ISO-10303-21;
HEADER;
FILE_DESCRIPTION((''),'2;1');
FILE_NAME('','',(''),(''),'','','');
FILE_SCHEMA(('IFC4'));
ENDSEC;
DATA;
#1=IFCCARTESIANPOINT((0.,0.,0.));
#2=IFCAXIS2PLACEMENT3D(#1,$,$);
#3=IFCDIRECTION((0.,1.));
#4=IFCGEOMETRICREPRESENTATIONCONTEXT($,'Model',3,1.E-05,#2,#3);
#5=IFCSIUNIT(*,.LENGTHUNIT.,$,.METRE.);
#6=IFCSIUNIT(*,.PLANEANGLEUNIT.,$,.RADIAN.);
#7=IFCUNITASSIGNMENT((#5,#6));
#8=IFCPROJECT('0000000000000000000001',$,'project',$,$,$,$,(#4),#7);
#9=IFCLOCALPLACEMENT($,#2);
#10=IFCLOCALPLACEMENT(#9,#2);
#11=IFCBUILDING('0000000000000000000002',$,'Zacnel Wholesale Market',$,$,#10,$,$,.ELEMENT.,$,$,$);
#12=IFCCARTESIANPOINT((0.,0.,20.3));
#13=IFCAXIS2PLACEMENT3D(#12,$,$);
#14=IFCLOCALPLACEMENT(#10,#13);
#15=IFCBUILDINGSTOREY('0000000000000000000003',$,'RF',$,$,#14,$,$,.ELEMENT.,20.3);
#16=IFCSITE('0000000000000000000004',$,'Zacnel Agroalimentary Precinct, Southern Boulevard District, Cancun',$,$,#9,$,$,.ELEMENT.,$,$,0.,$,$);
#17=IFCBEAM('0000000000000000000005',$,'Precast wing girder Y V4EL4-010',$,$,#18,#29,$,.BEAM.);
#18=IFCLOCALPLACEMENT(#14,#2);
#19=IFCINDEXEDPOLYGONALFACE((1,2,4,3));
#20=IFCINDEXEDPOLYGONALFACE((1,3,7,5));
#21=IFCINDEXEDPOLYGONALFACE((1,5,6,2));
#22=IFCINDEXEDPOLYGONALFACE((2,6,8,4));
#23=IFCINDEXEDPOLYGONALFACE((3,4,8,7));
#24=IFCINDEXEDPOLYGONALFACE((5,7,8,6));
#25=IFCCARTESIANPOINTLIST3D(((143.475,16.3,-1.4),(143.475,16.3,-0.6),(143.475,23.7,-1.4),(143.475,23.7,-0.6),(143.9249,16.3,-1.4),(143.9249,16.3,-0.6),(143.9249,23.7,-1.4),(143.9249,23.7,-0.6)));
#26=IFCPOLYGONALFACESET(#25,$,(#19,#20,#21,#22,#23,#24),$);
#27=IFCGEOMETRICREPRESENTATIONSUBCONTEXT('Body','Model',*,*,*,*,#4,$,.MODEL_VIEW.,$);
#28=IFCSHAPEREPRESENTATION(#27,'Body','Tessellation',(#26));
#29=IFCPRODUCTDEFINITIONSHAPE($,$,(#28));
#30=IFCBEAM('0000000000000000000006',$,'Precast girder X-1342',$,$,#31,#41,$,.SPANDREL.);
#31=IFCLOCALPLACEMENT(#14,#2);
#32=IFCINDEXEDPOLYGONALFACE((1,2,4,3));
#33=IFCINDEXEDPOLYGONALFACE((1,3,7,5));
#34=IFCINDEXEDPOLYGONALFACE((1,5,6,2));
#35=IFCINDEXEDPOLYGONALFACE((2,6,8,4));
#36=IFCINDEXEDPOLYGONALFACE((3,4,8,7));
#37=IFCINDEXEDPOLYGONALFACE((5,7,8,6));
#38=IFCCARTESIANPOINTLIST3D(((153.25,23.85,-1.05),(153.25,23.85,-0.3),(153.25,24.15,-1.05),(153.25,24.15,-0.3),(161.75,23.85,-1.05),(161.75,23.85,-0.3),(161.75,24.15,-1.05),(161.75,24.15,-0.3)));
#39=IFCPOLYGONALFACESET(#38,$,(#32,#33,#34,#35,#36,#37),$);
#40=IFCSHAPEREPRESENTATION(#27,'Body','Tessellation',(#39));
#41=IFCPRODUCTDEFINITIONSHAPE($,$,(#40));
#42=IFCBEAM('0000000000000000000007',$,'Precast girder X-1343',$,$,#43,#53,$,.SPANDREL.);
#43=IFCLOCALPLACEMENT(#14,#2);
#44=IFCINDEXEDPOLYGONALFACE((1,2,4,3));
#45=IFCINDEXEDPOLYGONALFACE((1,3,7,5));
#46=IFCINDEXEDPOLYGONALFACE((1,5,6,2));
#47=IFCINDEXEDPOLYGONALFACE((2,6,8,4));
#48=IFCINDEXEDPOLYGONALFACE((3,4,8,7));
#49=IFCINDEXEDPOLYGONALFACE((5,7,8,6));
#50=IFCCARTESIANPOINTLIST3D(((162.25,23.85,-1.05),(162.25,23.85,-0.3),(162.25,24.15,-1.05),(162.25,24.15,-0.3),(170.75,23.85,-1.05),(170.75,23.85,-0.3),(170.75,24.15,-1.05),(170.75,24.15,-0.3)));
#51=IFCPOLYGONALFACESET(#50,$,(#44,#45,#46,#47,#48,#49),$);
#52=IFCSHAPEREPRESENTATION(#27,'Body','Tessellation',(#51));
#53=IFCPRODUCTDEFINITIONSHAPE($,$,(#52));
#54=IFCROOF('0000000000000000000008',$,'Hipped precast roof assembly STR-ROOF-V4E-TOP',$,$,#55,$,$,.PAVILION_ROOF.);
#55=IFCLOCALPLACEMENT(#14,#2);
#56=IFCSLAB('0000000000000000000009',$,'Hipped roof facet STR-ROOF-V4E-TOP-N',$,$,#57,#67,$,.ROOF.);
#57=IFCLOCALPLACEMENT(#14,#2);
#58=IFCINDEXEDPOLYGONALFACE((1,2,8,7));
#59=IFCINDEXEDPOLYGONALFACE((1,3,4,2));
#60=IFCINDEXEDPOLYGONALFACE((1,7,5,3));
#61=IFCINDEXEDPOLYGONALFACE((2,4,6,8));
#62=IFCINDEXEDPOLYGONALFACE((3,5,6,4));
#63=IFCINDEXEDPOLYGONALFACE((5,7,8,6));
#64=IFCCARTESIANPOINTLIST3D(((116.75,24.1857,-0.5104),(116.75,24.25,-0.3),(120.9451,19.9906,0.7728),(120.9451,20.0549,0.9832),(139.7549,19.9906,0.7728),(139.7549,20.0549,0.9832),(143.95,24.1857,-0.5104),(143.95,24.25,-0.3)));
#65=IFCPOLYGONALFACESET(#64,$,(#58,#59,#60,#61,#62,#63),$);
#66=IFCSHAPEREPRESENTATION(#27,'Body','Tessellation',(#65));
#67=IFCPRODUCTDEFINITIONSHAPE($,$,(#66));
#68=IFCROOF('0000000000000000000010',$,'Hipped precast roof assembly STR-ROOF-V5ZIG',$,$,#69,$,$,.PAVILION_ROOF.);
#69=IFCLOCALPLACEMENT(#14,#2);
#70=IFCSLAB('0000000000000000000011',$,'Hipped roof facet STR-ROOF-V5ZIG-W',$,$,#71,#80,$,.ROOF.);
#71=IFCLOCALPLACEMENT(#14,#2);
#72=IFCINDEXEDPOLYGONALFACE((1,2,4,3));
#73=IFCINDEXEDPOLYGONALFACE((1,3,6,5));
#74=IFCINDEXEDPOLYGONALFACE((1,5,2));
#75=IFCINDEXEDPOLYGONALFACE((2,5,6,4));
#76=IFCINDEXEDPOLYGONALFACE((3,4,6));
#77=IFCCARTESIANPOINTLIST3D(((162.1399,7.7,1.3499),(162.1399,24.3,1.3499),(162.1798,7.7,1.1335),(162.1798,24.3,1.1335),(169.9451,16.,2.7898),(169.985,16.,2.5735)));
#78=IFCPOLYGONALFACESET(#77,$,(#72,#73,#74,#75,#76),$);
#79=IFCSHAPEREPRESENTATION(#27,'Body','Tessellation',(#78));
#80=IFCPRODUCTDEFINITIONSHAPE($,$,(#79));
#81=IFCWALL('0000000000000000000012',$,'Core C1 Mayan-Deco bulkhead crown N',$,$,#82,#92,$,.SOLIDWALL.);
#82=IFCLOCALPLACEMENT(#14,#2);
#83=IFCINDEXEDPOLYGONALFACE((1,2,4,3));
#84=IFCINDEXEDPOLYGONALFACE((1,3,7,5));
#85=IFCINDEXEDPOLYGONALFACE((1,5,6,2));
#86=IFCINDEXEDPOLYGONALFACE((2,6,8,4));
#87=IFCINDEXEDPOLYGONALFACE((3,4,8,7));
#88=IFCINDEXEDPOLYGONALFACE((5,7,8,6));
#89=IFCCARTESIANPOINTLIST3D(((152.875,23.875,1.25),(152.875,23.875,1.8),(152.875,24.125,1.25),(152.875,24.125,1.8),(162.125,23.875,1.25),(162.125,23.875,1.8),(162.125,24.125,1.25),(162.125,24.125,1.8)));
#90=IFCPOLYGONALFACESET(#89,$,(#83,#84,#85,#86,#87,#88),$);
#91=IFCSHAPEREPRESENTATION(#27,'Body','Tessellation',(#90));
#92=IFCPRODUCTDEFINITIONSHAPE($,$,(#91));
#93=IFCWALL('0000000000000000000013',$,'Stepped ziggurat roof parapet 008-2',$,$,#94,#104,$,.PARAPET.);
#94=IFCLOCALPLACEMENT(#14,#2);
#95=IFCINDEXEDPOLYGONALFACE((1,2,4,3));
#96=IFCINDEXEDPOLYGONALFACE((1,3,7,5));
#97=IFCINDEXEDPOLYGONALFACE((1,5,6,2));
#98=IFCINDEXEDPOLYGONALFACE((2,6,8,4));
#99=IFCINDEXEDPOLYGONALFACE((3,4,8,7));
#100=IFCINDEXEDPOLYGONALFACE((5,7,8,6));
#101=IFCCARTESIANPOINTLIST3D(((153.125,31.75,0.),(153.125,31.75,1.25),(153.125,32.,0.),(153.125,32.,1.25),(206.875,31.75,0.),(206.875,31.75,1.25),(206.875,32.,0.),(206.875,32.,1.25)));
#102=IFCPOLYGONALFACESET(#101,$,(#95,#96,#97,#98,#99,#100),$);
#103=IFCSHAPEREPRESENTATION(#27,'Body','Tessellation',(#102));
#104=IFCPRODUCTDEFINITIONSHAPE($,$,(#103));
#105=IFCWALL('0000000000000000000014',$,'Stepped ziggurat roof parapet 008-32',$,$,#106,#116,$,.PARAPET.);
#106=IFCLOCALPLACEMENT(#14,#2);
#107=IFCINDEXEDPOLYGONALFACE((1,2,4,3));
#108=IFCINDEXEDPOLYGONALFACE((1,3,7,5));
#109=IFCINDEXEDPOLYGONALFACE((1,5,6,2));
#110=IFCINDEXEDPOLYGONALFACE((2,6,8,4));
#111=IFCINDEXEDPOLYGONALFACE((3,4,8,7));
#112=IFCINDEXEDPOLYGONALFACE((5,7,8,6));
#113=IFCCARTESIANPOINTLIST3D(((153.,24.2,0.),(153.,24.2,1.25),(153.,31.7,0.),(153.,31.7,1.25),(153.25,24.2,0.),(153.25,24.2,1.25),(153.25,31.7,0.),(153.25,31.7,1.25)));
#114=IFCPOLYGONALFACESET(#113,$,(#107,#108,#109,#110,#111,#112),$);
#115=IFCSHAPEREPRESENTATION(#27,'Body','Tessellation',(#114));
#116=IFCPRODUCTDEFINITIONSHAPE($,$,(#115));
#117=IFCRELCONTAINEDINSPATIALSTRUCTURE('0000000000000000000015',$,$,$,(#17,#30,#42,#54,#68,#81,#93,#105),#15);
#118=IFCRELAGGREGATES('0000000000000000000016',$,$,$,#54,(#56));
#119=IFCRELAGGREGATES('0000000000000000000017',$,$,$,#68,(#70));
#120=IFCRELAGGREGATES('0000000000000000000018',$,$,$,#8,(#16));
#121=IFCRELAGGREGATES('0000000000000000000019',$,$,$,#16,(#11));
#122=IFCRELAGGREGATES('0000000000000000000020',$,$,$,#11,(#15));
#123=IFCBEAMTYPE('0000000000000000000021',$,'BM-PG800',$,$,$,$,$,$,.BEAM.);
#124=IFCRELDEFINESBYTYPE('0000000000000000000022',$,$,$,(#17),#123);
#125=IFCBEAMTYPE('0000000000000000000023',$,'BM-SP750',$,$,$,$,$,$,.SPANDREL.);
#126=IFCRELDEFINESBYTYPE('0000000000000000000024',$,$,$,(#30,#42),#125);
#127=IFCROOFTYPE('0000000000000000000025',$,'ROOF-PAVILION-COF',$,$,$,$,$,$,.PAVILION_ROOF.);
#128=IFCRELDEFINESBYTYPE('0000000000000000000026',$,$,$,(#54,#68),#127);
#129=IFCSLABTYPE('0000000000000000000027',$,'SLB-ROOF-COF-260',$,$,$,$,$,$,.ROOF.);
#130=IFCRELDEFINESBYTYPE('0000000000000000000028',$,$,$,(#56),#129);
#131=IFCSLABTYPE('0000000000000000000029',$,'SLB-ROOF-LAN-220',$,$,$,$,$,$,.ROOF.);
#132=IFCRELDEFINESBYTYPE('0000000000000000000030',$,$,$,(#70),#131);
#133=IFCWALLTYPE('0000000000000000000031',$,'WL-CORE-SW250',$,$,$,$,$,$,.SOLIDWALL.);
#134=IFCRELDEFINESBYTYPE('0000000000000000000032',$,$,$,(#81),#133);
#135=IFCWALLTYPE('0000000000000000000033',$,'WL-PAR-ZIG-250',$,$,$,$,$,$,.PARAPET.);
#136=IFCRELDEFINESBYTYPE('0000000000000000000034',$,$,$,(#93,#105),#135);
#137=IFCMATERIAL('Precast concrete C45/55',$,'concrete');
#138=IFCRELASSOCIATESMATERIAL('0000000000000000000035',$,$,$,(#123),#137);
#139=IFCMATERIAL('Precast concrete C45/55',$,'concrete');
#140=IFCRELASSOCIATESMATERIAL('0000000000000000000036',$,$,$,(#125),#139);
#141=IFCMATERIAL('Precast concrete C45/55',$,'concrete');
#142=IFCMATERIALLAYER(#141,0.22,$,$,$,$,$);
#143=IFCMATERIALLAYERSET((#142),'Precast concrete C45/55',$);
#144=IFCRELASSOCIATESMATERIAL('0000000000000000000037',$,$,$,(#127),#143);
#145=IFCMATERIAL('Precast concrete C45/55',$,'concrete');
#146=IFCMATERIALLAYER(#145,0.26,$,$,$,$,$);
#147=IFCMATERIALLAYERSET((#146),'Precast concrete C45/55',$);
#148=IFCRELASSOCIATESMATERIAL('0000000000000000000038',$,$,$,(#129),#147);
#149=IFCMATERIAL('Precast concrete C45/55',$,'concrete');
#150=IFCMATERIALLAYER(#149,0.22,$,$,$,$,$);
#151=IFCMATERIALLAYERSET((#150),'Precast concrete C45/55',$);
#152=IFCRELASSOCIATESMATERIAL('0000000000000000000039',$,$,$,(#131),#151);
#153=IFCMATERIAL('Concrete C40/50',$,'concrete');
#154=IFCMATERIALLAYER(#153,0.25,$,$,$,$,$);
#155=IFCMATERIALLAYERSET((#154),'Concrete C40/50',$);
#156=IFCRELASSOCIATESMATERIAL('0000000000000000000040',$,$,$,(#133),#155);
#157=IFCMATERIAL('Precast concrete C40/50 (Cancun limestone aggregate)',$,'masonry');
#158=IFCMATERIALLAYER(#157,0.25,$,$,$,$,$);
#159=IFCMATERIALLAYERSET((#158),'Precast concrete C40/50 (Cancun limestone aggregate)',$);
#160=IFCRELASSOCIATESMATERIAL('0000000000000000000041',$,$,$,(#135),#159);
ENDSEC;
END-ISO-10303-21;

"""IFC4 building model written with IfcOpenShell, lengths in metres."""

from ifc_helpers import new_model, si_unit, direction, frame, frame_2d, origin, origin_2d, place, context, subcontext, project, spatial, polyline, rectangle, outline, extrude, material, layer, layer_set, material_profile, profile_set, type_object, element, aggregate, save


model = new_model("IFC4")

# Units and contexts
model_context = context("Model", 3, precision=1e-05, world=origin(), true_north=direction((0.0, 1.0)))
body_context = subcontext(model_context, "Body", "Model", "MODEL_VIEW")
ifc_project = project(units=[si_unit("LENGTHUNIT", "METRE"), si_unit("PLANEANGLEUNIT", "RADIAN")], contexts=[model_context])

# Site, building, storey
site_placement = place(None, origin())
site = spatial("IfcSite", under=ifc_project, at=site_placement, Name="Zacnel Agroalimentary Precinct, Southern Boulevard District, Cancun", CompositionType="ELEMENT", RefElevation=0.0)
building_placement = place(site_placement, origin())
building = spatial("IfcBuilding", under=site, at=building_placement, Name="Zacnel Wholesale Market", CompositionType="ELEMENT")
storey_placement = place(building_placement, frame((0.0, 0.0, 20.3)))
storey = spatial("IfcBuildingStorey", under=building, at=storey_placement, Name="RF", CompositionType="ELEMENT", Elevation=20.3)

# Beams
ifc_material_1 = material(Name="Precast concrete C45/55", Category="concrete")
ifc_material_profile_1 = material_profile(ifc_material_1, rectangle(XDim=0.45, YDim=0.8, at=origin_2d()), Name="PG 450x800")
ifc_profile_set_1 = profile_set([ifc_material_profile_1], Name="Precast concrete C45/55")
beam_type_1 = type_object("IfcBeamType", Name="BM-PG800", PredefinedType="BEAM", material=ifc_profile_set_1)
beam_1_placement = place(storey_placement, frame((143.7, 16.3, -1.0), z_axis=(0.0, 1.0, 0.0), x_axis=(-1.0, 0.0, 0.0)))
element("IfcBeam", 1, at=beam_1_placement, inside=storey, type_object=beam_type_1, Name="Precast wing girder Y V4EL4-010", PredefinedType="BEAM", context=body_context, shape_type="SweptSolid", body=[
    extrude(rectangle(XDim=0.45, YDim=0.8, at=origin_2d()), origin(), (0.0, 0.0, 1.0), 7.3999),
])
ifc_material_2 = material(Name="Precast concrete C45/55", Category="concrete")
ifc_material_profile_2 = material_profile(ifc_material_2, rectangle(XDim=0.3, YDim=0.75, at=origin_2d()), Name="SP 300x750")
ifc_profile_set_2 = profile_set([ifc_material_profile_2], Name="Precast concrete C45/55")
beam_type_2 = type_object("IfcBeamType", Name="BM-SP750", PredefinedType="SPANDREL", material=ifc_profile_set_2)
for number, where, z_axis, x_axis, name in (
    (2, (153.25, 24.0, -0.675), (1.0, 0.0, 0.0), (0.0, 1.0, 0.0), "Precast girder X-1342"),
    (3, (162.25, 24.0, -0.675), (1.0, 0.0, 0.0), (0.0, 1.0, 0.0), "Precast girder X-1343"),
):
    element("IfcBeam", number, at=place(storey_placement, frame(where, z_axis=z_axis, x_axis=x_axis)), inside=storey, type_object=beam_type_2, Name=name, PredefinedType="SPANDREL", context=body_context, shape_type="SweptSolid", body=[
        extrude(rectangle(XDim=0.3, YDim=0.75, at=origin_2d()), origin(), (0.0, 0.0, 1.0), 8.5),
    ])

# Roofs, slabs
ifc_material_3 = material(Name="Precast concrete C45/55", Category="concrete")
ifc_layer_1 = layer(ifc_material_3, 0.22)
ifc_layer_set_1 = layer_set([ifc_layer_1], Name="Precast concrete C45/55")
roof_type = type_object("IfcRoofType", Name="ROOF-PAVILION-COF", PredefinedType="PAVILION_ROOF", material=ifc_layer_set_1)
roof_1_placement = place(storey_placement, origin())
roof_1 = element("IfcRoof", 4, at=roof_1_placement, inside=storey, type_object=roof_type, Name="Hipped precast roof assembly STR-ROOF-V4E-TOP", PredefinedType="PAVILION_ROOF")
ifc_material_4 = material(Name="Precast concrete C45/55", Category="concrete")
ifc_layer_2 = layer(ifc_material_4, 0.26)
ifc_layer_set_2 = layer_set([ifc_layer_2], Name="Precast concrete C45/55")
slab_type_1 = type_object("IfcSlabType", Name="SLB-ROOF-COF-260", PredefinedType="ROOF", material=ifc_layer_set_2)
slab_1_placement = place(storey_placement, frame((143.95, 24.25, -0.3), z_axis=(0.0, 0.292506, 0.956264), x_axis=(-1.0, 0.0, 0.0)))
slab_1 = element("IfcSlab", 5, at=slab_1_placement, type_object=slab_type_1, Name="Hipped roof facet STR-ROOF-V4E-TOP-N", PredefinedType="ROOF", context=body_context, shape_type="SweptSolid", body=[
    extrude(outline(polyline([(0.0, 0.0), (27.2, 0.0), (23.0049, 4.3869), (4.1951, 4.3869), (0.0, 0.0)])), origin(), (0.0, 0.0, -1.0), 0.22),
])
aggregate(roof_1, [slab_1])
roof_2_placement = place(storey_placement, origin())
roof_2 = element("IfcRoof", 6, at=roof_2_placement, inside=storey, type_object=roof_type, Name="Hipped precast roof assembly STR-ROOF-V5ZIG", PredefinedType="PAVILION_ROOF")
ifc_material_5 = material(Name="Precast concrete C45/55", Category="concrete")
ifc_layer_3 = layer(ifc_material_5, 0.22)
ifc_layer_set_3 = layer_set([ifc_layer_3], Name="Precast concrete C45/55")
slab_type_2 = type_object("IfcSlabType", Name="SLB-ROOF-LAN-220", PredefinedType="ROOF", material=ifc_layer_set_3)
slab_2_placement = place(storey_placement, frame((162.1399, 24.3, 1.3499), z_axis=(-0.181424, 0.0, 0.983405), x_axis=(0.0, -1.0, 0.0)))
slab_2 = element("IfcSlab", 7, at=slab_2_placement, type_object=slab_type_2, Name="Hipped roof facet STR-ROOF-V5ZIG-W", PredefinedType="ROOF", context=body_context, shape_type="SweptSolid", body=[
    extrude(outline(polyline([(0.0, 0.0), (16.6001, 0.0), (8.3, 7.9369), (0.0, 0.0)])), origin(), (0.0, 0.0, -1.0), 0.22),
])
aggregate(roof_2, [slab_2])

# Walls
ifc_material_6 = material(Name="Concrete C40/50", Category="concrete")
ifc_layer_4 = layer(ifc_material_6, 0.25)
ifc_layer_set_4 = layer_set([ifc_layer_4], Name="Concrete C40/50")
wall_type_1 = type_object("IfcWallType", Name="WL-CORE-SW250", PredefinedType="SOLIDWALL", material=ifc_layer_set_4)
wall_1_placement = place(storey_placement, frame((152.875, 24.0, 1.25), z_axis=(0.0, 0.0, 1.0), x_axis=(1.0, 0.0, 0.0)))
element("IfcWall", 8, at=wall_1_placement, inside=storey, type_object=wall_type_1, Name="Core C1 Mayan-Deco bulkhead crown N", PredefinedType="SOLIDWALL", context=body_context, shape_type="SweptSolid", body=[
    extrude(rectangle(XDim=9.25, YDim=0.25, at=frame_2d((4.625, 0.0))), origin(), (0.0, 0.0, 1.0), 0.55),
])
ifc_material_7 = material(Name="Precast concrete C40/50 (Cancun limestone aggregate)", Category="masonry")
ifc_layer_5 = layer(ifc_material_7, 0.25)
ifc_layer_set_5 = layer_set([ifc_layer_5], Name="Precast concrete C40/50 (Cancun limestone aggregate)")
wall_type_2 = type_object("IfcWallType", Name="WL-PAR-ZIG-250", PredefinedType="PARAPET", material=ifc_layer_set_5)
wall_2_placement = place(storey_placement, frame((153.125, 31.875, 0.0), z_axis=(0.0, 0.0, 1.0), x_axis=(1.0, 0.0, 0.0)))
element("IfcWall", 9, at=wall_2_placement, inside=storey, type_object=wall_type_2, Name="Stepped ziggurat roof parapet 008-2", PredefinedType="PARAPET", context=body_context, shape_type="SweptSolid", body=[
    extrude(rectangle(XDim=53.75, YDim=0.25, at=frame_2d((26.875, 0.0))), origin(), (0.0, 0.0, 1.0), 1.25),
])
wall_3_placement = place(storey_placement, frame((153.125, 24.2, 0.0), z_axis=(0.0, 0.0, 1.0), x_axis=(0.0, 1.0, 0.0)))
element("IfcWall", 10, at=wall_3_placement, inside=storey, type_object=wall_type_2, Name="Stepped ziggurat roof parapet 008-32", PredefinedType="PARAPET", context=body_context, shape_type="SweptSolid", body=[
    extrude(rectangle(XDim=7.5, YDim=0.25, at=frame_2d((3.75, 0.0))), origin(), (0.0, 0.0, 1.0), 1.25),
])

save(model, "model.ifc")
